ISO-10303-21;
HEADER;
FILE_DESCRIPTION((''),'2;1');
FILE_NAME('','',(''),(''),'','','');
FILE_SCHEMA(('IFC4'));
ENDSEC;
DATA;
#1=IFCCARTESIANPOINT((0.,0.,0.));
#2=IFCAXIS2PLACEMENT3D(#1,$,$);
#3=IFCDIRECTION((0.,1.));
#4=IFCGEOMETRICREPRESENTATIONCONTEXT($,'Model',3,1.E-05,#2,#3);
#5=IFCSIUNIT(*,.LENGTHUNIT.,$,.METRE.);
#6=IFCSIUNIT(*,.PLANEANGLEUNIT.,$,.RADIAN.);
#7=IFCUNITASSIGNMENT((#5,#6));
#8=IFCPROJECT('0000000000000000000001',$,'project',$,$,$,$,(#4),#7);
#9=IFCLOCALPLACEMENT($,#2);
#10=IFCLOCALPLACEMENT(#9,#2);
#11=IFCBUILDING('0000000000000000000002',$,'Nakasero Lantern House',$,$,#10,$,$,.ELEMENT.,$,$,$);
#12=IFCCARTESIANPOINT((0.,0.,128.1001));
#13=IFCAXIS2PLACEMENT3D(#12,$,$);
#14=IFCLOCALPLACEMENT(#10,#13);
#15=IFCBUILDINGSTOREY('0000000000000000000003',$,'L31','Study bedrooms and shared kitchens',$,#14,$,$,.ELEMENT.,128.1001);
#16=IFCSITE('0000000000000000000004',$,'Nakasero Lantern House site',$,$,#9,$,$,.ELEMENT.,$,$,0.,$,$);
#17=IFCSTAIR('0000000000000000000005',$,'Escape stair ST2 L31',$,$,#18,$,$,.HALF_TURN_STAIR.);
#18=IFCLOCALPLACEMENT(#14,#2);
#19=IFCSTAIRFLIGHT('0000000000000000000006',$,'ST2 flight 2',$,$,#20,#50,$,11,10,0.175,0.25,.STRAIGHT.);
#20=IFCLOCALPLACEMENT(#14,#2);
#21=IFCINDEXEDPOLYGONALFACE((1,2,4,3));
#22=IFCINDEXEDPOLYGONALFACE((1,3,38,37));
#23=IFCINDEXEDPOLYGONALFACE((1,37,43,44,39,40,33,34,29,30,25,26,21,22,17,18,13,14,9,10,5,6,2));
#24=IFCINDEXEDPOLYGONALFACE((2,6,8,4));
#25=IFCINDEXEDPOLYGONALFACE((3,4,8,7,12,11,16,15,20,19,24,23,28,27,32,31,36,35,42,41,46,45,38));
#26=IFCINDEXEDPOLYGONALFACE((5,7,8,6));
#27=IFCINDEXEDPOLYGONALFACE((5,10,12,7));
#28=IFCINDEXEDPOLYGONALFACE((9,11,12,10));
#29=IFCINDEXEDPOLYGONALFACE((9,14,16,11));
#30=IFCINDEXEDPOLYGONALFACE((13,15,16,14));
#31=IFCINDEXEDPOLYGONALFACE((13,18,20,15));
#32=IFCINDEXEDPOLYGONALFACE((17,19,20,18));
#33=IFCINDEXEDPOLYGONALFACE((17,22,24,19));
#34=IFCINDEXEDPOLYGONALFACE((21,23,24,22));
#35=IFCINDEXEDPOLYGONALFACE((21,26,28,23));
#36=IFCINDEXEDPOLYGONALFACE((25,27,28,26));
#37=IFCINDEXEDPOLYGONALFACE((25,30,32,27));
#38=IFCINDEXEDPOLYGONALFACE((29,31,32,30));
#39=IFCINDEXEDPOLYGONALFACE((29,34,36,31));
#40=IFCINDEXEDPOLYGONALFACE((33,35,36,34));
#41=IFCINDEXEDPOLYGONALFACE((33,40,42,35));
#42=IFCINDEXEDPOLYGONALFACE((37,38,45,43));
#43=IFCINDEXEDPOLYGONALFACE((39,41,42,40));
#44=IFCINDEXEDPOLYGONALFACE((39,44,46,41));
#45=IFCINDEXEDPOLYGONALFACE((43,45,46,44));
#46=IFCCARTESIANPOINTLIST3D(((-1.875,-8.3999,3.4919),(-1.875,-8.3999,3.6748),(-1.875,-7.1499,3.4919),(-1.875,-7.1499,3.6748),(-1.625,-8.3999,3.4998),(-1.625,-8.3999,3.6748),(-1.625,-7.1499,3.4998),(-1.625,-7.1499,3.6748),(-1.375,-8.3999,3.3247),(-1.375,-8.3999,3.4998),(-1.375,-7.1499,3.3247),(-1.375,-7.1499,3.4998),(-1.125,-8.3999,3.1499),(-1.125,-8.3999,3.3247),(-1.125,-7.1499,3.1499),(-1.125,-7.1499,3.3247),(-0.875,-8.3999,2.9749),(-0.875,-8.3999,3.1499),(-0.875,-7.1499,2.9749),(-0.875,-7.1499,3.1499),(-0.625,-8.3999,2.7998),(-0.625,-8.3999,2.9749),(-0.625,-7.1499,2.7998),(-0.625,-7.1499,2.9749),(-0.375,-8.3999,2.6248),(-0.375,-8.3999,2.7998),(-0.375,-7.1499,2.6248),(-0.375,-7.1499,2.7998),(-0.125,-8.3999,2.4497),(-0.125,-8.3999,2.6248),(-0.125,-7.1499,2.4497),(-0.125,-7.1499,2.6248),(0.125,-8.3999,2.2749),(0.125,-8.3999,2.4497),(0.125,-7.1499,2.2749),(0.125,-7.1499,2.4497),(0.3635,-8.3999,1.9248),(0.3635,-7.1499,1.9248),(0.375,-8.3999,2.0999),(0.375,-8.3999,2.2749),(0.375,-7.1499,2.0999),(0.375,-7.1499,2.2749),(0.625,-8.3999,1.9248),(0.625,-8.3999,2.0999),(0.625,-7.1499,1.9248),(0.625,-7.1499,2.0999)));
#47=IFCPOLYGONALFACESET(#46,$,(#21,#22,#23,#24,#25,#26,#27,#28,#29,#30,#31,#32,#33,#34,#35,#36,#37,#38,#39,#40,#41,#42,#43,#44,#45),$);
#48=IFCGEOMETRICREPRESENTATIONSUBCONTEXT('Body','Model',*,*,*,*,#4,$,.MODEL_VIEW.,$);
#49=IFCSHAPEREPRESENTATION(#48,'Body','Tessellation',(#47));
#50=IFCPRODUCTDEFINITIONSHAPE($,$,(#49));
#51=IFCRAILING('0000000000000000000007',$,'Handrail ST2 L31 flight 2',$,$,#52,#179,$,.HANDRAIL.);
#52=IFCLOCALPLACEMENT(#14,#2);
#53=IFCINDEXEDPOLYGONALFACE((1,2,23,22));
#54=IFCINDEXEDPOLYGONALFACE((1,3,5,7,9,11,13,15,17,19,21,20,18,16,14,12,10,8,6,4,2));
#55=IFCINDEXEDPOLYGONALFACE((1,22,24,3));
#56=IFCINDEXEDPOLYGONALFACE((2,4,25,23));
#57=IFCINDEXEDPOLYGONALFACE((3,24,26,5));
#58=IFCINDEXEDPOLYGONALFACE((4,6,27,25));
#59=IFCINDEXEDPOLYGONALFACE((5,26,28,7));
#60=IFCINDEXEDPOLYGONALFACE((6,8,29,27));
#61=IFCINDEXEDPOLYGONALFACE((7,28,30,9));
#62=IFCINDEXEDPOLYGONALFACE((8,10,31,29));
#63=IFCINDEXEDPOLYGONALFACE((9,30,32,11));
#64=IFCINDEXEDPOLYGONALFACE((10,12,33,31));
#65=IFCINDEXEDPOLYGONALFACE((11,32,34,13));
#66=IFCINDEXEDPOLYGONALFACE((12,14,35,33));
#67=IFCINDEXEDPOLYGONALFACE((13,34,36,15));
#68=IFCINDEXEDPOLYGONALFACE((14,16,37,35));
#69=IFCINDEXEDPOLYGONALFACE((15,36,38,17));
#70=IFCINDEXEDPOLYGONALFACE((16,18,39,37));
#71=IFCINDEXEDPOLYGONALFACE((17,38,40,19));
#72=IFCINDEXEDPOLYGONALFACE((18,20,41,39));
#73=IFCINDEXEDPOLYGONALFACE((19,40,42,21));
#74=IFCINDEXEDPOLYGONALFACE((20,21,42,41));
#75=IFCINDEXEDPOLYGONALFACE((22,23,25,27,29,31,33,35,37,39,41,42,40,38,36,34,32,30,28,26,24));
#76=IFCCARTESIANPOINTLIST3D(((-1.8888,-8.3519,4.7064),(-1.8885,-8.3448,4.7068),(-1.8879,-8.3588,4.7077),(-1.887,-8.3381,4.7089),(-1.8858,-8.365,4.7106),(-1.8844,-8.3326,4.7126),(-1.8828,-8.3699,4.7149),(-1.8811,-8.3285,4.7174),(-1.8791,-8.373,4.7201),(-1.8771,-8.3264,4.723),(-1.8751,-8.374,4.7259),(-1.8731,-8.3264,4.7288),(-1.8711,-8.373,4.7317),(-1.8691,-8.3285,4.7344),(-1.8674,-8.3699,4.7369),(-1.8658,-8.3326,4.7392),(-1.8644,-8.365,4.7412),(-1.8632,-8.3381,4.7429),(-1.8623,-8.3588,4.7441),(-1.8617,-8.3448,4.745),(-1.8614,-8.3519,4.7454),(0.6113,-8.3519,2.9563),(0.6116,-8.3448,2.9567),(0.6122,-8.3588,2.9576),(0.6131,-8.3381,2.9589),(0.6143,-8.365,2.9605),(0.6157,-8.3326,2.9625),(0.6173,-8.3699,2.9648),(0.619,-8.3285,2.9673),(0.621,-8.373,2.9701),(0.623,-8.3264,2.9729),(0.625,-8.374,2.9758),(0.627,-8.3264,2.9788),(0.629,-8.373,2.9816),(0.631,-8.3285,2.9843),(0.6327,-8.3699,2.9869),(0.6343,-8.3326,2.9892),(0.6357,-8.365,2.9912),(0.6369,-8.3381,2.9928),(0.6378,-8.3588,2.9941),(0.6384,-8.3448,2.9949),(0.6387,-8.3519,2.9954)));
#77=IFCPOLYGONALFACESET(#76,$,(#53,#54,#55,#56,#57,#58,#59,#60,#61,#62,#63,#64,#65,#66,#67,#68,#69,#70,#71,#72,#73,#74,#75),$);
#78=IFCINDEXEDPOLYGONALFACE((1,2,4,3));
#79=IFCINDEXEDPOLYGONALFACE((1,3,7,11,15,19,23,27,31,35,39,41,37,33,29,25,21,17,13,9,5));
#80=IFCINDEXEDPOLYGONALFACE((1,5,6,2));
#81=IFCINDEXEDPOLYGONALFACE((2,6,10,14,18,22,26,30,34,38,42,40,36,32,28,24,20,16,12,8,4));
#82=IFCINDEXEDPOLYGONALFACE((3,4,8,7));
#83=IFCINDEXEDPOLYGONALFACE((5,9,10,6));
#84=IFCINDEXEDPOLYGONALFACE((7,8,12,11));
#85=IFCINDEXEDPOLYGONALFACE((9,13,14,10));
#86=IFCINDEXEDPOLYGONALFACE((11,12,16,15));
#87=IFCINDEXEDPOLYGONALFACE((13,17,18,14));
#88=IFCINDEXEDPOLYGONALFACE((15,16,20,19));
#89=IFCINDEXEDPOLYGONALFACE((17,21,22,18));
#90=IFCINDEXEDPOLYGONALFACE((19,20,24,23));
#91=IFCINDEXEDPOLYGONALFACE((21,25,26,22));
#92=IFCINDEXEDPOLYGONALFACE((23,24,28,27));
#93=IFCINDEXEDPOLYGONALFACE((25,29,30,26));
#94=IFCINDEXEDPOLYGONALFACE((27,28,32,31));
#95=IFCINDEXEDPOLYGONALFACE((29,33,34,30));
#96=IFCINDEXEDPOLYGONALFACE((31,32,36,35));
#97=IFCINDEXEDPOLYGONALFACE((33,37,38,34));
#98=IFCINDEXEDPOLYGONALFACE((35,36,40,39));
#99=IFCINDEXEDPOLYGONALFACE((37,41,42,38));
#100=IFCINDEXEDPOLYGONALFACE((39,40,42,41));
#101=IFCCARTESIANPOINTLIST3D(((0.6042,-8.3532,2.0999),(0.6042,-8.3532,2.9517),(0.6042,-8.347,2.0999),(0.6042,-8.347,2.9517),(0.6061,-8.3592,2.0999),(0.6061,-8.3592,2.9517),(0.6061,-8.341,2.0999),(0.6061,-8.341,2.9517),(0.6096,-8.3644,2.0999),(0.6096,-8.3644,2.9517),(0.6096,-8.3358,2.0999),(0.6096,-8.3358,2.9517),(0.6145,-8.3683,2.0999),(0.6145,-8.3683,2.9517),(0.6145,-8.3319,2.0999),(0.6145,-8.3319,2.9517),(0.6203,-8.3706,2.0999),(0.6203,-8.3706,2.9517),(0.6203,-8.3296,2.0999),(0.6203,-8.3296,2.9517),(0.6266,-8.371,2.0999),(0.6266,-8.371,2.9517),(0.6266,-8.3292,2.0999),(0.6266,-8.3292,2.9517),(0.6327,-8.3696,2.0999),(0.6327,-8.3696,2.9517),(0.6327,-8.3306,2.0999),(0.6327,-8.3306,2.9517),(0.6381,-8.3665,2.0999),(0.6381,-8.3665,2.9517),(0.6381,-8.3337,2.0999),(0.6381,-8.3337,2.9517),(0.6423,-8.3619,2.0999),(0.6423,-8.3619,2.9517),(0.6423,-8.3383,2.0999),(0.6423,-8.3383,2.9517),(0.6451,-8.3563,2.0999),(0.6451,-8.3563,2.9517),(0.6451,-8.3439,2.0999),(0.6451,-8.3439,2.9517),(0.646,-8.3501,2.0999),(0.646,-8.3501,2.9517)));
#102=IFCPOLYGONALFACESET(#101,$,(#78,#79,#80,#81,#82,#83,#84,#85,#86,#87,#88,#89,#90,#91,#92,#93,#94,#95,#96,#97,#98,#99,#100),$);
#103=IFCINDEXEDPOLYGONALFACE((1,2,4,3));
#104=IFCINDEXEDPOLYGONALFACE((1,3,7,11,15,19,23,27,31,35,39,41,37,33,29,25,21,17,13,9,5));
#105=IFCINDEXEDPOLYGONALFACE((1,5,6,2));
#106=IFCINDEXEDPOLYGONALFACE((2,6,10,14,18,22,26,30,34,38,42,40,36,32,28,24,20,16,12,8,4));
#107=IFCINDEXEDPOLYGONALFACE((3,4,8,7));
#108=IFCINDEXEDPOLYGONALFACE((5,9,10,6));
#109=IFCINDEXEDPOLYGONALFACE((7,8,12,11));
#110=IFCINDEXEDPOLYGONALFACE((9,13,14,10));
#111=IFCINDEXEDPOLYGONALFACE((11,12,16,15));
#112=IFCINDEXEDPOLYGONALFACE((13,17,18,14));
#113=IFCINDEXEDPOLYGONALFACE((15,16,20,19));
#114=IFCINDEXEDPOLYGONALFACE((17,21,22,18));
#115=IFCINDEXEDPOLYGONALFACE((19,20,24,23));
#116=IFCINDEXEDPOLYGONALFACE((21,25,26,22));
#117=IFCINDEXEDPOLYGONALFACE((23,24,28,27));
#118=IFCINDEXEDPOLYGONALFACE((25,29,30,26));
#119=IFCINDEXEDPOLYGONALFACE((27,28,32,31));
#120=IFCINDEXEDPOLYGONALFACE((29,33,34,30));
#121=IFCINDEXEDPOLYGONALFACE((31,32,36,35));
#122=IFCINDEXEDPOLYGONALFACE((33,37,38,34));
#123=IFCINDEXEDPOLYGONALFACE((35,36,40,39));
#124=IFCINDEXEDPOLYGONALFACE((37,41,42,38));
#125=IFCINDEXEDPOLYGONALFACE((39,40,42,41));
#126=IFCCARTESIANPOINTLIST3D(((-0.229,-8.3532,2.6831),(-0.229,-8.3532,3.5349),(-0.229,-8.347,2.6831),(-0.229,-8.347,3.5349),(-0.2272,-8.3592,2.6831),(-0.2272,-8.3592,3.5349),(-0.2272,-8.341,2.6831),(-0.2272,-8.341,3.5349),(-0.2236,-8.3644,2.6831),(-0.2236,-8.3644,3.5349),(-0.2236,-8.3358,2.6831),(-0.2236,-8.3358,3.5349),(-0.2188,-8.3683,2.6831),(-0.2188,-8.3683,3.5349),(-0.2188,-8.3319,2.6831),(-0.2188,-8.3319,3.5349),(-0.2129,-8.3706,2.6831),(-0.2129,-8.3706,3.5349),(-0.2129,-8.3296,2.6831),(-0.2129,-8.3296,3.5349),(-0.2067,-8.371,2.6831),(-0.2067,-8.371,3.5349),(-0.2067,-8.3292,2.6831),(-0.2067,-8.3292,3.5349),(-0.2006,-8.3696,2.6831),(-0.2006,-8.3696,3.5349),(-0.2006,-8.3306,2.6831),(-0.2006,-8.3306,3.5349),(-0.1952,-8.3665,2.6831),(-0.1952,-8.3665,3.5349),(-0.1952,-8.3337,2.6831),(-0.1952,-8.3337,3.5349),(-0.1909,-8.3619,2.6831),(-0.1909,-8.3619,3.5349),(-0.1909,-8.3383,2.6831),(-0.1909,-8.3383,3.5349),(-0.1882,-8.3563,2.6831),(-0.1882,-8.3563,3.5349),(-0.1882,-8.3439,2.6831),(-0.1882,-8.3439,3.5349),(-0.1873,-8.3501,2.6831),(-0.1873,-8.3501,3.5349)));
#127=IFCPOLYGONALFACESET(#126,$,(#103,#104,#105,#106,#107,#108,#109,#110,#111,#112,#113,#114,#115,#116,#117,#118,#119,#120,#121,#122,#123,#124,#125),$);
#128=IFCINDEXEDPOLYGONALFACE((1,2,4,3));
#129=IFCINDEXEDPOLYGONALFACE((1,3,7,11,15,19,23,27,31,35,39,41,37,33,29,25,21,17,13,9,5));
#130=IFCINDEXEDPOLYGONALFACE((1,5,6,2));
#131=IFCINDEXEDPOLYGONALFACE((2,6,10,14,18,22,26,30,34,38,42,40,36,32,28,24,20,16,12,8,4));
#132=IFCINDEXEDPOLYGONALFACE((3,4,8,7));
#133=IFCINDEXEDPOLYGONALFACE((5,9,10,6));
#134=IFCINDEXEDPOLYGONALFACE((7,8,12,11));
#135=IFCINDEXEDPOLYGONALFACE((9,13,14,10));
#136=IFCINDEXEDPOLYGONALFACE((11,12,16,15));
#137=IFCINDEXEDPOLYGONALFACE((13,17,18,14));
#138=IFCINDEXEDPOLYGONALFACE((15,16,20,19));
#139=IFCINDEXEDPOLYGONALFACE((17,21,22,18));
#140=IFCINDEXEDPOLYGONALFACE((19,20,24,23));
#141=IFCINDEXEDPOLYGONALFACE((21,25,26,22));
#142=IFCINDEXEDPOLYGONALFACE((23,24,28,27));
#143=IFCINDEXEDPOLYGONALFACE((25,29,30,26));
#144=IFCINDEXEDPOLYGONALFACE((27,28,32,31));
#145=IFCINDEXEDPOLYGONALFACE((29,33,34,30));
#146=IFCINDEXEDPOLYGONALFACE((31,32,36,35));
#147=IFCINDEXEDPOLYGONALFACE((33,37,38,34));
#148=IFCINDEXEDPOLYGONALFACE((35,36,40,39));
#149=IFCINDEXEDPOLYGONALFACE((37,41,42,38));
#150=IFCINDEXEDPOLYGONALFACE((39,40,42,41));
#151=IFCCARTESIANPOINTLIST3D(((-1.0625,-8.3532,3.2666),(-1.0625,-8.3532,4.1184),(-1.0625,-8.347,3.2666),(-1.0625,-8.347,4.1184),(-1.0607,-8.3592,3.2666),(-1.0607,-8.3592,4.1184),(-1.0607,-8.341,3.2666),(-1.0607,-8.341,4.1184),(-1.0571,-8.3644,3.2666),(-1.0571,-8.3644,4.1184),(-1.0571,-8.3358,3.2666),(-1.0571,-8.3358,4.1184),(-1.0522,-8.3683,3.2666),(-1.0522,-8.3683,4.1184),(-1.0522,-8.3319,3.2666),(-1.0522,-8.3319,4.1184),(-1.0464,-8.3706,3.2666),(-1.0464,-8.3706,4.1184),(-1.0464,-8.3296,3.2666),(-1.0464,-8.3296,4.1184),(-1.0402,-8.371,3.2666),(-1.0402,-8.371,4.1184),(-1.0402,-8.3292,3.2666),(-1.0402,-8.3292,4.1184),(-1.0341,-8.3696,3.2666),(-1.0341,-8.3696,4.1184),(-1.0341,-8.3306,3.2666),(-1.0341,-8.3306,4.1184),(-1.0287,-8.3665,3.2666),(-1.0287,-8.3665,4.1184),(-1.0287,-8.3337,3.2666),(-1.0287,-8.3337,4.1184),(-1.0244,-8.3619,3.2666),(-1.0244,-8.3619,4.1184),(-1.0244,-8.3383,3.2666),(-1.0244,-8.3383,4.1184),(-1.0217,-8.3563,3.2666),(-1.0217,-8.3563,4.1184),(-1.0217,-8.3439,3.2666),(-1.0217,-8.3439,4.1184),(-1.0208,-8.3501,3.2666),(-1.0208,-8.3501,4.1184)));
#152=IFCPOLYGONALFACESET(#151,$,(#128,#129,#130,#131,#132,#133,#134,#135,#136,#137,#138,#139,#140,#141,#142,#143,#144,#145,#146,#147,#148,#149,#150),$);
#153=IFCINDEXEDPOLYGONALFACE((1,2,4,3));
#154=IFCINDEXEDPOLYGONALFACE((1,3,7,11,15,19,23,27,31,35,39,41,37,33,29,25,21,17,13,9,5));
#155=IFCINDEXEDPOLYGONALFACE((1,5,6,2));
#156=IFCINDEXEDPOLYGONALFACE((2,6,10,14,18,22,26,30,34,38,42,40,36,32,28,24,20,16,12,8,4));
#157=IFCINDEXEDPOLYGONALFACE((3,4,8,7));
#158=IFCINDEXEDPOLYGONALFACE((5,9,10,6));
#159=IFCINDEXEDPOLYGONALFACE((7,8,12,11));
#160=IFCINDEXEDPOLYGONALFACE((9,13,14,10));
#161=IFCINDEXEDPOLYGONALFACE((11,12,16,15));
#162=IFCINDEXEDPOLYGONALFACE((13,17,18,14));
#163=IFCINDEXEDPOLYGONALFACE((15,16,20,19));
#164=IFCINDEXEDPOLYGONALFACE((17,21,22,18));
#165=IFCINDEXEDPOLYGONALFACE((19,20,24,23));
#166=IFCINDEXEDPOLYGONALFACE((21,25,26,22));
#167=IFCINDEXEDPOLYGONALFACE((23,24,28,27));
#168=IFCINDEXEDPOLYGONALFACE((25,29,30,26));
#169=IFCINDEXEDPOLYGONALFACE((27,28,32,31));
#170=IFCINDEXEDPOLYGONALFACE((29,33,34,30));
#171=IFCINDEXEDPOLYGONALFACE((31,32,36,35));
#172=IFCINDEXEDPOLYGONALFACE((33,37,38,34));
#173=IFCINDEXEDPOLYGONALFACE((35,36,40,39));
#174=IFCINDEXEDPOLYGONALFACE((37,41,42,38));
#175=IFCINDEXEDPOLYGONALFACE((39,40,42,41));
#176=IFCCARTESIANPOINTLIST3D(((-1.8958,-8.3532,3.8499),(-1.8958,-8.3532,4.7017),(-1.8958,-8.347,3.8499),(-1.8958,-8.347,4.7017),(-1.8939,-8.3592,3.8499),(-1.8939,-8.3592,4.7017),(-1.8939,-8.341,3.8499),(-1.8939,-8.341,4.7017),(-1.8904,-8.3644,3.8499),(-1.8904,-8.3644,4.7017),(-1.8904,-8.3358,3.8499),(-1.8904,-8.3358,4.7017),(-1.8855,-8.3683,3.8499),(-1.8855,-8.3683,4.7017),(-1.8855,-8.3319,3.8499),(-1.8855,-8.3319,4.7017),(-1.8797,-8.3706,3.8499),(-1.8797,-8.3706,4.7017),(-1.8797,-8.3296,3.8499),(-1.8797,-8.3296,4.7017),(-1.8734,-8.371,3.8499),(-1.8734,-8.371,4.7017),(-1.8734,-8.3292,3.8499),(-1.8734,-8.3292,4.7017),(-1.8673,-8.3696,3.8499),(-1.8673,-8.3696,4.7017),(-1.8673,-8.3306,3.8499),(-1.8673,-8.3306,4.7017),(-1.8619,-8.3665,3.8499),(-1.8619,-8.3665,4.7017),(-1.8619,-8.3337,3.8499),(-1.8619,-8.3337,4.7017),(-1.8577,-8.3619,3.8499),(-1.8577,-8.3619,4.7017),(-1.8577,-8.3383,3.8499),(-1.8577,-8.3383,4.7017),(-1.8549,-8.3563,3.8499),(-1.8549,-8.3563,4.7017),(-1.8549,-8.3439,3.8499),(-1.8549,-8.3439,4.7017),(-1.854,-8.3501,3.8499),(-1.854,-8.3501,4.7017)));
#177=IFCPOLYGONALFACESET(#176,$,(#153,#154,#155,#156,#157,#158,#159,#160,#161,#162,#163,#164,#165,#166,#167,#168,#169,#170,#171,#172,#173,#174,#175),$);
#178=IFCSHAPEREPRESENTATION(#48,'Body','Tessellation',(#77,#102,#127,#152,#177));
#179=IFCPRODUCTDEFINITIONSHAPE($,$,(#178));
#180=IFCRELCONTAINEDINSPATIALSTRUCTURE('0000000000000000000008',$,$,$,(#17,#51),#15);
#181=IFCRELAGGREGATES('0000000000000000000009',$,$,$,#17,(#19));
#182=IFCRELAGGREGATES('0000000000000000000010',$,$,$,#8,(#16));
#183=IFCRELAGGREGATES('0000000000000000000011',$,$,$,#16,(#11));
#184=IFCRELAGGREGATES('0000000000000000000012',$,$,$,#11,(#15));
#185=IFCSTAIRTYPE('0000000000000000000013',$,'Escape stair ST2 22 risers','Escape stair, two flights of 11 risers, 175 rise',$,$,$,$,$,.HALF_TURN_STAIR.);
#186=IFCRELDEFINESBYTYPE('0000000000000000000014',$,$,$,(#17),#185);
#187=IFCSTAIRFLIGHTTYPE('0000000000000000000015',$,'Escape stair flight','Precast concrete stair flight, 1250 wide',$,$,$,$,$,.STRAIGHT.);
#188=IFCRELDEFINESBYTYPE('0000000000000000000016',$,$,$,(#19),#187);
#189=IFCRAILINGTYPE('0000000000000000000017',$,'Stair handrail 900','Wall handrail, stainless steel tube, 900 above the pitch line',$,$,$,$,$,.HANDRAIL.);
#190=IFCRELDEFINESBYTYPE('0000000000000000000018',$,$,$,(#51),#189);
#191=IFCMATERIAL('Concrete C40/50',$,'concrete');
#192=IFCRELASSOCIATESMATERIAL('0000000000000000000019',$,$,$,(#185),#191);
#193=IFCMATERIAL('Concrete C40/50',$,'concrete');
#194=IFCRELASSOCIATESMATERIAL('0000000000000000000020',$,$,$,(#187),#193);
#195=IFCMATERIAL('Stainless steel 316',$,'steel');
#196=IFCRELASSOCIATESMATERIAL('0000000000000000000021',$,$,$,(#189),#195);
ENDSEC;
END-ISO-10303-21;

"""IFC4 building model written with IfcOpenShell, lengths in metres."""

from ifc_helpers import new_model, si_unit, direction, frame, origin, origin_2d, place, context, subcontext, project, spatial, polyline, circle, outline, extrude, material, type_object, element, aggregate, save


model = new_model("IFC4")

# Units and contexts
model_context = context("Model", 3, precision=1e-05, world=origin(), true_north=direction((0.0, 1.0)))
body_context = subcontext(model_context, "Body", "Model", "MODEL_VIEW")
ifc_project = project(units=[si_unit("LENGTHUNIT", "METRE"), si_unit("PLANEANGLEUNIT", "RADIAN")], contexts=[model_context])

# Site, building, storey
site_placement = place(None, origin())
site = spatial("IfcSite", under=ifc_project, at=site_placement, Name="Nakasero Lantern House site", CompositionType="ELEMENT", RefElevation=0.0)
building_placement = place(site_placement, origin())
building = spatial("IfcBuilding", under=site, at=building_placement, Name="Nakasero Lantern House", CompositionType="ELEMENT")
storey_placement = place(building_placement, frame((0.0, 0.0, 128.1001)))
storey = spatial("IfcBuildingStorey", under=building, at=storey_placement, Name="L31", Description="Study bedrooms and shared kitchens", CompositionType="ELEMENT", Elevation=128.1001)

# Stair, stair flight
ifc_material_1 = material(Name="Concrete C40/50", Category="concrete")
stair_type_1 = type_object("IfcStairType", Name="Escape stair ST2 22 risers", Description="Escape stair, two flights of 11 risers, 175 rise", PredefinedType="HALF_TURN_STAIR", material=ifc_material_1)
stair_1_placement = place(storey_placement, origin())
stair_1 = element("IfcStair", 1, at=stair_1_placement, inside=storey, type_object=stair_type_1, Name="Escape stair ST2 L31", PredefinedType="HALF_TURN_STAIR")
ifc_material_2 = material(Name="Concrete C40/50", Category="concrete")
stair_flight_type = type_object("IfcStairFlightType", Name="Escape stair flight", Description="Precast concrete stair flight, 1250 wide", PredefinedType="STRAIGHT", material=ifc_material_2)
stair_flight_placement = place(storey_placement, frame((0.625, -7.7749, 1.9248), z_axis=(0.0, 0.0, 1.0), x_axis=(-1.0, 0.0, 0.0)))
stair_flight = element("IfcStairFlight", 2, at=stair_flight_placement, type_object=stair_flight_type, Name="ST2 flight 2", NumberOfRisers=11, NumberOfTreads=10, PredefinedType="STRAIGHT", RiserHeight=0.175, TreadLength=0.25, context=body_context, shape_type="SweptSolid", body=[
    extrude(outline(polyline([(0.0, 0.0), (0.0, 0.175), (0.25, 0.175), (0.25, 0.3501), (0.5, 0.3501), (0.5, 0.5249), (0.75, 0.5249), (0.75, 0.7), (1.0, 0.7), (1.0, 0.875), (1.25, 0.875), (1.25, 1.05), (1.5, 1.05), (1.5, 1.2251), (1.75, 1.2251), (1.75, 1.3999), (2.0, 1.3999), (2.0, 1.575), (2.25, 1.575), (2.25, 1.75), (2.5, 1.75), (2.5, 1.925), (2.5, 1.5671), (0.2615, 0.0), (0.0, 0.0)])), frame((0.0, 0.625, 0.0), z_axis=(0.0, -1.0, 0.0), x_axis=(1.0, 0.0, 0.0)), (0.0, 0.0, 1.0), 1.25),
])
aggregate(stair_1, [stair_flight])

# Railing
ifc_material_3 = material(Name="Stainless steel 316", Category="steel")
railing_type = type_object("IfcRailingType", Name="Stair handrail 900", Description="Wall handrail, stainless steel tube, 900 above the pitch line", PredefinedType="HANDRAIL", material=ifc_material_3)
railing_placement = place(storey_placement, frame((0.625, -8.3501, 2.0999)))
element("IfcRailing", 3, at=railing_placement, inside=storey, type_object=railing_type, Name="Handrail ST2 L31 flight 2", PredefinedType="HANDRAIL", context=body_context, shape_type="SweptSolid", body=[
    extrude(circle(Radius=0.0239, at=origin_2d()), frame((0.0, 0.0, 0.876), z_axis=(-0.819232, 0.0, 0.573462), x_axis=(0.0, -1.0, 0.0)), (0.0, 0.0, 1.0), 3.0518),
    extrude(circle(Radius=0.021, at=origin_2d()), origin(), (0.0, 0.0, 1.0), 0.8518),
    extrude(circle(Radius=0.021, at=origin_2d()), frame((-0.8333, 0.0, 0.5833)), (0.0, 0.0, 1.0), 0.8518),
    extrude(circle(Radius=0.021, at=origin_2d()), frame((-1.6667, 0.0, 1.1667)), (0.0, 0.0, 1.0), 0.8518),
    extrude(circle(Radius=0.021, at=origin_2d()), frame((-2.5, 0.0, 1.75)), (0.0, 0.0, 1.0), 0.8518),
])

save(model, "model.ifc")
